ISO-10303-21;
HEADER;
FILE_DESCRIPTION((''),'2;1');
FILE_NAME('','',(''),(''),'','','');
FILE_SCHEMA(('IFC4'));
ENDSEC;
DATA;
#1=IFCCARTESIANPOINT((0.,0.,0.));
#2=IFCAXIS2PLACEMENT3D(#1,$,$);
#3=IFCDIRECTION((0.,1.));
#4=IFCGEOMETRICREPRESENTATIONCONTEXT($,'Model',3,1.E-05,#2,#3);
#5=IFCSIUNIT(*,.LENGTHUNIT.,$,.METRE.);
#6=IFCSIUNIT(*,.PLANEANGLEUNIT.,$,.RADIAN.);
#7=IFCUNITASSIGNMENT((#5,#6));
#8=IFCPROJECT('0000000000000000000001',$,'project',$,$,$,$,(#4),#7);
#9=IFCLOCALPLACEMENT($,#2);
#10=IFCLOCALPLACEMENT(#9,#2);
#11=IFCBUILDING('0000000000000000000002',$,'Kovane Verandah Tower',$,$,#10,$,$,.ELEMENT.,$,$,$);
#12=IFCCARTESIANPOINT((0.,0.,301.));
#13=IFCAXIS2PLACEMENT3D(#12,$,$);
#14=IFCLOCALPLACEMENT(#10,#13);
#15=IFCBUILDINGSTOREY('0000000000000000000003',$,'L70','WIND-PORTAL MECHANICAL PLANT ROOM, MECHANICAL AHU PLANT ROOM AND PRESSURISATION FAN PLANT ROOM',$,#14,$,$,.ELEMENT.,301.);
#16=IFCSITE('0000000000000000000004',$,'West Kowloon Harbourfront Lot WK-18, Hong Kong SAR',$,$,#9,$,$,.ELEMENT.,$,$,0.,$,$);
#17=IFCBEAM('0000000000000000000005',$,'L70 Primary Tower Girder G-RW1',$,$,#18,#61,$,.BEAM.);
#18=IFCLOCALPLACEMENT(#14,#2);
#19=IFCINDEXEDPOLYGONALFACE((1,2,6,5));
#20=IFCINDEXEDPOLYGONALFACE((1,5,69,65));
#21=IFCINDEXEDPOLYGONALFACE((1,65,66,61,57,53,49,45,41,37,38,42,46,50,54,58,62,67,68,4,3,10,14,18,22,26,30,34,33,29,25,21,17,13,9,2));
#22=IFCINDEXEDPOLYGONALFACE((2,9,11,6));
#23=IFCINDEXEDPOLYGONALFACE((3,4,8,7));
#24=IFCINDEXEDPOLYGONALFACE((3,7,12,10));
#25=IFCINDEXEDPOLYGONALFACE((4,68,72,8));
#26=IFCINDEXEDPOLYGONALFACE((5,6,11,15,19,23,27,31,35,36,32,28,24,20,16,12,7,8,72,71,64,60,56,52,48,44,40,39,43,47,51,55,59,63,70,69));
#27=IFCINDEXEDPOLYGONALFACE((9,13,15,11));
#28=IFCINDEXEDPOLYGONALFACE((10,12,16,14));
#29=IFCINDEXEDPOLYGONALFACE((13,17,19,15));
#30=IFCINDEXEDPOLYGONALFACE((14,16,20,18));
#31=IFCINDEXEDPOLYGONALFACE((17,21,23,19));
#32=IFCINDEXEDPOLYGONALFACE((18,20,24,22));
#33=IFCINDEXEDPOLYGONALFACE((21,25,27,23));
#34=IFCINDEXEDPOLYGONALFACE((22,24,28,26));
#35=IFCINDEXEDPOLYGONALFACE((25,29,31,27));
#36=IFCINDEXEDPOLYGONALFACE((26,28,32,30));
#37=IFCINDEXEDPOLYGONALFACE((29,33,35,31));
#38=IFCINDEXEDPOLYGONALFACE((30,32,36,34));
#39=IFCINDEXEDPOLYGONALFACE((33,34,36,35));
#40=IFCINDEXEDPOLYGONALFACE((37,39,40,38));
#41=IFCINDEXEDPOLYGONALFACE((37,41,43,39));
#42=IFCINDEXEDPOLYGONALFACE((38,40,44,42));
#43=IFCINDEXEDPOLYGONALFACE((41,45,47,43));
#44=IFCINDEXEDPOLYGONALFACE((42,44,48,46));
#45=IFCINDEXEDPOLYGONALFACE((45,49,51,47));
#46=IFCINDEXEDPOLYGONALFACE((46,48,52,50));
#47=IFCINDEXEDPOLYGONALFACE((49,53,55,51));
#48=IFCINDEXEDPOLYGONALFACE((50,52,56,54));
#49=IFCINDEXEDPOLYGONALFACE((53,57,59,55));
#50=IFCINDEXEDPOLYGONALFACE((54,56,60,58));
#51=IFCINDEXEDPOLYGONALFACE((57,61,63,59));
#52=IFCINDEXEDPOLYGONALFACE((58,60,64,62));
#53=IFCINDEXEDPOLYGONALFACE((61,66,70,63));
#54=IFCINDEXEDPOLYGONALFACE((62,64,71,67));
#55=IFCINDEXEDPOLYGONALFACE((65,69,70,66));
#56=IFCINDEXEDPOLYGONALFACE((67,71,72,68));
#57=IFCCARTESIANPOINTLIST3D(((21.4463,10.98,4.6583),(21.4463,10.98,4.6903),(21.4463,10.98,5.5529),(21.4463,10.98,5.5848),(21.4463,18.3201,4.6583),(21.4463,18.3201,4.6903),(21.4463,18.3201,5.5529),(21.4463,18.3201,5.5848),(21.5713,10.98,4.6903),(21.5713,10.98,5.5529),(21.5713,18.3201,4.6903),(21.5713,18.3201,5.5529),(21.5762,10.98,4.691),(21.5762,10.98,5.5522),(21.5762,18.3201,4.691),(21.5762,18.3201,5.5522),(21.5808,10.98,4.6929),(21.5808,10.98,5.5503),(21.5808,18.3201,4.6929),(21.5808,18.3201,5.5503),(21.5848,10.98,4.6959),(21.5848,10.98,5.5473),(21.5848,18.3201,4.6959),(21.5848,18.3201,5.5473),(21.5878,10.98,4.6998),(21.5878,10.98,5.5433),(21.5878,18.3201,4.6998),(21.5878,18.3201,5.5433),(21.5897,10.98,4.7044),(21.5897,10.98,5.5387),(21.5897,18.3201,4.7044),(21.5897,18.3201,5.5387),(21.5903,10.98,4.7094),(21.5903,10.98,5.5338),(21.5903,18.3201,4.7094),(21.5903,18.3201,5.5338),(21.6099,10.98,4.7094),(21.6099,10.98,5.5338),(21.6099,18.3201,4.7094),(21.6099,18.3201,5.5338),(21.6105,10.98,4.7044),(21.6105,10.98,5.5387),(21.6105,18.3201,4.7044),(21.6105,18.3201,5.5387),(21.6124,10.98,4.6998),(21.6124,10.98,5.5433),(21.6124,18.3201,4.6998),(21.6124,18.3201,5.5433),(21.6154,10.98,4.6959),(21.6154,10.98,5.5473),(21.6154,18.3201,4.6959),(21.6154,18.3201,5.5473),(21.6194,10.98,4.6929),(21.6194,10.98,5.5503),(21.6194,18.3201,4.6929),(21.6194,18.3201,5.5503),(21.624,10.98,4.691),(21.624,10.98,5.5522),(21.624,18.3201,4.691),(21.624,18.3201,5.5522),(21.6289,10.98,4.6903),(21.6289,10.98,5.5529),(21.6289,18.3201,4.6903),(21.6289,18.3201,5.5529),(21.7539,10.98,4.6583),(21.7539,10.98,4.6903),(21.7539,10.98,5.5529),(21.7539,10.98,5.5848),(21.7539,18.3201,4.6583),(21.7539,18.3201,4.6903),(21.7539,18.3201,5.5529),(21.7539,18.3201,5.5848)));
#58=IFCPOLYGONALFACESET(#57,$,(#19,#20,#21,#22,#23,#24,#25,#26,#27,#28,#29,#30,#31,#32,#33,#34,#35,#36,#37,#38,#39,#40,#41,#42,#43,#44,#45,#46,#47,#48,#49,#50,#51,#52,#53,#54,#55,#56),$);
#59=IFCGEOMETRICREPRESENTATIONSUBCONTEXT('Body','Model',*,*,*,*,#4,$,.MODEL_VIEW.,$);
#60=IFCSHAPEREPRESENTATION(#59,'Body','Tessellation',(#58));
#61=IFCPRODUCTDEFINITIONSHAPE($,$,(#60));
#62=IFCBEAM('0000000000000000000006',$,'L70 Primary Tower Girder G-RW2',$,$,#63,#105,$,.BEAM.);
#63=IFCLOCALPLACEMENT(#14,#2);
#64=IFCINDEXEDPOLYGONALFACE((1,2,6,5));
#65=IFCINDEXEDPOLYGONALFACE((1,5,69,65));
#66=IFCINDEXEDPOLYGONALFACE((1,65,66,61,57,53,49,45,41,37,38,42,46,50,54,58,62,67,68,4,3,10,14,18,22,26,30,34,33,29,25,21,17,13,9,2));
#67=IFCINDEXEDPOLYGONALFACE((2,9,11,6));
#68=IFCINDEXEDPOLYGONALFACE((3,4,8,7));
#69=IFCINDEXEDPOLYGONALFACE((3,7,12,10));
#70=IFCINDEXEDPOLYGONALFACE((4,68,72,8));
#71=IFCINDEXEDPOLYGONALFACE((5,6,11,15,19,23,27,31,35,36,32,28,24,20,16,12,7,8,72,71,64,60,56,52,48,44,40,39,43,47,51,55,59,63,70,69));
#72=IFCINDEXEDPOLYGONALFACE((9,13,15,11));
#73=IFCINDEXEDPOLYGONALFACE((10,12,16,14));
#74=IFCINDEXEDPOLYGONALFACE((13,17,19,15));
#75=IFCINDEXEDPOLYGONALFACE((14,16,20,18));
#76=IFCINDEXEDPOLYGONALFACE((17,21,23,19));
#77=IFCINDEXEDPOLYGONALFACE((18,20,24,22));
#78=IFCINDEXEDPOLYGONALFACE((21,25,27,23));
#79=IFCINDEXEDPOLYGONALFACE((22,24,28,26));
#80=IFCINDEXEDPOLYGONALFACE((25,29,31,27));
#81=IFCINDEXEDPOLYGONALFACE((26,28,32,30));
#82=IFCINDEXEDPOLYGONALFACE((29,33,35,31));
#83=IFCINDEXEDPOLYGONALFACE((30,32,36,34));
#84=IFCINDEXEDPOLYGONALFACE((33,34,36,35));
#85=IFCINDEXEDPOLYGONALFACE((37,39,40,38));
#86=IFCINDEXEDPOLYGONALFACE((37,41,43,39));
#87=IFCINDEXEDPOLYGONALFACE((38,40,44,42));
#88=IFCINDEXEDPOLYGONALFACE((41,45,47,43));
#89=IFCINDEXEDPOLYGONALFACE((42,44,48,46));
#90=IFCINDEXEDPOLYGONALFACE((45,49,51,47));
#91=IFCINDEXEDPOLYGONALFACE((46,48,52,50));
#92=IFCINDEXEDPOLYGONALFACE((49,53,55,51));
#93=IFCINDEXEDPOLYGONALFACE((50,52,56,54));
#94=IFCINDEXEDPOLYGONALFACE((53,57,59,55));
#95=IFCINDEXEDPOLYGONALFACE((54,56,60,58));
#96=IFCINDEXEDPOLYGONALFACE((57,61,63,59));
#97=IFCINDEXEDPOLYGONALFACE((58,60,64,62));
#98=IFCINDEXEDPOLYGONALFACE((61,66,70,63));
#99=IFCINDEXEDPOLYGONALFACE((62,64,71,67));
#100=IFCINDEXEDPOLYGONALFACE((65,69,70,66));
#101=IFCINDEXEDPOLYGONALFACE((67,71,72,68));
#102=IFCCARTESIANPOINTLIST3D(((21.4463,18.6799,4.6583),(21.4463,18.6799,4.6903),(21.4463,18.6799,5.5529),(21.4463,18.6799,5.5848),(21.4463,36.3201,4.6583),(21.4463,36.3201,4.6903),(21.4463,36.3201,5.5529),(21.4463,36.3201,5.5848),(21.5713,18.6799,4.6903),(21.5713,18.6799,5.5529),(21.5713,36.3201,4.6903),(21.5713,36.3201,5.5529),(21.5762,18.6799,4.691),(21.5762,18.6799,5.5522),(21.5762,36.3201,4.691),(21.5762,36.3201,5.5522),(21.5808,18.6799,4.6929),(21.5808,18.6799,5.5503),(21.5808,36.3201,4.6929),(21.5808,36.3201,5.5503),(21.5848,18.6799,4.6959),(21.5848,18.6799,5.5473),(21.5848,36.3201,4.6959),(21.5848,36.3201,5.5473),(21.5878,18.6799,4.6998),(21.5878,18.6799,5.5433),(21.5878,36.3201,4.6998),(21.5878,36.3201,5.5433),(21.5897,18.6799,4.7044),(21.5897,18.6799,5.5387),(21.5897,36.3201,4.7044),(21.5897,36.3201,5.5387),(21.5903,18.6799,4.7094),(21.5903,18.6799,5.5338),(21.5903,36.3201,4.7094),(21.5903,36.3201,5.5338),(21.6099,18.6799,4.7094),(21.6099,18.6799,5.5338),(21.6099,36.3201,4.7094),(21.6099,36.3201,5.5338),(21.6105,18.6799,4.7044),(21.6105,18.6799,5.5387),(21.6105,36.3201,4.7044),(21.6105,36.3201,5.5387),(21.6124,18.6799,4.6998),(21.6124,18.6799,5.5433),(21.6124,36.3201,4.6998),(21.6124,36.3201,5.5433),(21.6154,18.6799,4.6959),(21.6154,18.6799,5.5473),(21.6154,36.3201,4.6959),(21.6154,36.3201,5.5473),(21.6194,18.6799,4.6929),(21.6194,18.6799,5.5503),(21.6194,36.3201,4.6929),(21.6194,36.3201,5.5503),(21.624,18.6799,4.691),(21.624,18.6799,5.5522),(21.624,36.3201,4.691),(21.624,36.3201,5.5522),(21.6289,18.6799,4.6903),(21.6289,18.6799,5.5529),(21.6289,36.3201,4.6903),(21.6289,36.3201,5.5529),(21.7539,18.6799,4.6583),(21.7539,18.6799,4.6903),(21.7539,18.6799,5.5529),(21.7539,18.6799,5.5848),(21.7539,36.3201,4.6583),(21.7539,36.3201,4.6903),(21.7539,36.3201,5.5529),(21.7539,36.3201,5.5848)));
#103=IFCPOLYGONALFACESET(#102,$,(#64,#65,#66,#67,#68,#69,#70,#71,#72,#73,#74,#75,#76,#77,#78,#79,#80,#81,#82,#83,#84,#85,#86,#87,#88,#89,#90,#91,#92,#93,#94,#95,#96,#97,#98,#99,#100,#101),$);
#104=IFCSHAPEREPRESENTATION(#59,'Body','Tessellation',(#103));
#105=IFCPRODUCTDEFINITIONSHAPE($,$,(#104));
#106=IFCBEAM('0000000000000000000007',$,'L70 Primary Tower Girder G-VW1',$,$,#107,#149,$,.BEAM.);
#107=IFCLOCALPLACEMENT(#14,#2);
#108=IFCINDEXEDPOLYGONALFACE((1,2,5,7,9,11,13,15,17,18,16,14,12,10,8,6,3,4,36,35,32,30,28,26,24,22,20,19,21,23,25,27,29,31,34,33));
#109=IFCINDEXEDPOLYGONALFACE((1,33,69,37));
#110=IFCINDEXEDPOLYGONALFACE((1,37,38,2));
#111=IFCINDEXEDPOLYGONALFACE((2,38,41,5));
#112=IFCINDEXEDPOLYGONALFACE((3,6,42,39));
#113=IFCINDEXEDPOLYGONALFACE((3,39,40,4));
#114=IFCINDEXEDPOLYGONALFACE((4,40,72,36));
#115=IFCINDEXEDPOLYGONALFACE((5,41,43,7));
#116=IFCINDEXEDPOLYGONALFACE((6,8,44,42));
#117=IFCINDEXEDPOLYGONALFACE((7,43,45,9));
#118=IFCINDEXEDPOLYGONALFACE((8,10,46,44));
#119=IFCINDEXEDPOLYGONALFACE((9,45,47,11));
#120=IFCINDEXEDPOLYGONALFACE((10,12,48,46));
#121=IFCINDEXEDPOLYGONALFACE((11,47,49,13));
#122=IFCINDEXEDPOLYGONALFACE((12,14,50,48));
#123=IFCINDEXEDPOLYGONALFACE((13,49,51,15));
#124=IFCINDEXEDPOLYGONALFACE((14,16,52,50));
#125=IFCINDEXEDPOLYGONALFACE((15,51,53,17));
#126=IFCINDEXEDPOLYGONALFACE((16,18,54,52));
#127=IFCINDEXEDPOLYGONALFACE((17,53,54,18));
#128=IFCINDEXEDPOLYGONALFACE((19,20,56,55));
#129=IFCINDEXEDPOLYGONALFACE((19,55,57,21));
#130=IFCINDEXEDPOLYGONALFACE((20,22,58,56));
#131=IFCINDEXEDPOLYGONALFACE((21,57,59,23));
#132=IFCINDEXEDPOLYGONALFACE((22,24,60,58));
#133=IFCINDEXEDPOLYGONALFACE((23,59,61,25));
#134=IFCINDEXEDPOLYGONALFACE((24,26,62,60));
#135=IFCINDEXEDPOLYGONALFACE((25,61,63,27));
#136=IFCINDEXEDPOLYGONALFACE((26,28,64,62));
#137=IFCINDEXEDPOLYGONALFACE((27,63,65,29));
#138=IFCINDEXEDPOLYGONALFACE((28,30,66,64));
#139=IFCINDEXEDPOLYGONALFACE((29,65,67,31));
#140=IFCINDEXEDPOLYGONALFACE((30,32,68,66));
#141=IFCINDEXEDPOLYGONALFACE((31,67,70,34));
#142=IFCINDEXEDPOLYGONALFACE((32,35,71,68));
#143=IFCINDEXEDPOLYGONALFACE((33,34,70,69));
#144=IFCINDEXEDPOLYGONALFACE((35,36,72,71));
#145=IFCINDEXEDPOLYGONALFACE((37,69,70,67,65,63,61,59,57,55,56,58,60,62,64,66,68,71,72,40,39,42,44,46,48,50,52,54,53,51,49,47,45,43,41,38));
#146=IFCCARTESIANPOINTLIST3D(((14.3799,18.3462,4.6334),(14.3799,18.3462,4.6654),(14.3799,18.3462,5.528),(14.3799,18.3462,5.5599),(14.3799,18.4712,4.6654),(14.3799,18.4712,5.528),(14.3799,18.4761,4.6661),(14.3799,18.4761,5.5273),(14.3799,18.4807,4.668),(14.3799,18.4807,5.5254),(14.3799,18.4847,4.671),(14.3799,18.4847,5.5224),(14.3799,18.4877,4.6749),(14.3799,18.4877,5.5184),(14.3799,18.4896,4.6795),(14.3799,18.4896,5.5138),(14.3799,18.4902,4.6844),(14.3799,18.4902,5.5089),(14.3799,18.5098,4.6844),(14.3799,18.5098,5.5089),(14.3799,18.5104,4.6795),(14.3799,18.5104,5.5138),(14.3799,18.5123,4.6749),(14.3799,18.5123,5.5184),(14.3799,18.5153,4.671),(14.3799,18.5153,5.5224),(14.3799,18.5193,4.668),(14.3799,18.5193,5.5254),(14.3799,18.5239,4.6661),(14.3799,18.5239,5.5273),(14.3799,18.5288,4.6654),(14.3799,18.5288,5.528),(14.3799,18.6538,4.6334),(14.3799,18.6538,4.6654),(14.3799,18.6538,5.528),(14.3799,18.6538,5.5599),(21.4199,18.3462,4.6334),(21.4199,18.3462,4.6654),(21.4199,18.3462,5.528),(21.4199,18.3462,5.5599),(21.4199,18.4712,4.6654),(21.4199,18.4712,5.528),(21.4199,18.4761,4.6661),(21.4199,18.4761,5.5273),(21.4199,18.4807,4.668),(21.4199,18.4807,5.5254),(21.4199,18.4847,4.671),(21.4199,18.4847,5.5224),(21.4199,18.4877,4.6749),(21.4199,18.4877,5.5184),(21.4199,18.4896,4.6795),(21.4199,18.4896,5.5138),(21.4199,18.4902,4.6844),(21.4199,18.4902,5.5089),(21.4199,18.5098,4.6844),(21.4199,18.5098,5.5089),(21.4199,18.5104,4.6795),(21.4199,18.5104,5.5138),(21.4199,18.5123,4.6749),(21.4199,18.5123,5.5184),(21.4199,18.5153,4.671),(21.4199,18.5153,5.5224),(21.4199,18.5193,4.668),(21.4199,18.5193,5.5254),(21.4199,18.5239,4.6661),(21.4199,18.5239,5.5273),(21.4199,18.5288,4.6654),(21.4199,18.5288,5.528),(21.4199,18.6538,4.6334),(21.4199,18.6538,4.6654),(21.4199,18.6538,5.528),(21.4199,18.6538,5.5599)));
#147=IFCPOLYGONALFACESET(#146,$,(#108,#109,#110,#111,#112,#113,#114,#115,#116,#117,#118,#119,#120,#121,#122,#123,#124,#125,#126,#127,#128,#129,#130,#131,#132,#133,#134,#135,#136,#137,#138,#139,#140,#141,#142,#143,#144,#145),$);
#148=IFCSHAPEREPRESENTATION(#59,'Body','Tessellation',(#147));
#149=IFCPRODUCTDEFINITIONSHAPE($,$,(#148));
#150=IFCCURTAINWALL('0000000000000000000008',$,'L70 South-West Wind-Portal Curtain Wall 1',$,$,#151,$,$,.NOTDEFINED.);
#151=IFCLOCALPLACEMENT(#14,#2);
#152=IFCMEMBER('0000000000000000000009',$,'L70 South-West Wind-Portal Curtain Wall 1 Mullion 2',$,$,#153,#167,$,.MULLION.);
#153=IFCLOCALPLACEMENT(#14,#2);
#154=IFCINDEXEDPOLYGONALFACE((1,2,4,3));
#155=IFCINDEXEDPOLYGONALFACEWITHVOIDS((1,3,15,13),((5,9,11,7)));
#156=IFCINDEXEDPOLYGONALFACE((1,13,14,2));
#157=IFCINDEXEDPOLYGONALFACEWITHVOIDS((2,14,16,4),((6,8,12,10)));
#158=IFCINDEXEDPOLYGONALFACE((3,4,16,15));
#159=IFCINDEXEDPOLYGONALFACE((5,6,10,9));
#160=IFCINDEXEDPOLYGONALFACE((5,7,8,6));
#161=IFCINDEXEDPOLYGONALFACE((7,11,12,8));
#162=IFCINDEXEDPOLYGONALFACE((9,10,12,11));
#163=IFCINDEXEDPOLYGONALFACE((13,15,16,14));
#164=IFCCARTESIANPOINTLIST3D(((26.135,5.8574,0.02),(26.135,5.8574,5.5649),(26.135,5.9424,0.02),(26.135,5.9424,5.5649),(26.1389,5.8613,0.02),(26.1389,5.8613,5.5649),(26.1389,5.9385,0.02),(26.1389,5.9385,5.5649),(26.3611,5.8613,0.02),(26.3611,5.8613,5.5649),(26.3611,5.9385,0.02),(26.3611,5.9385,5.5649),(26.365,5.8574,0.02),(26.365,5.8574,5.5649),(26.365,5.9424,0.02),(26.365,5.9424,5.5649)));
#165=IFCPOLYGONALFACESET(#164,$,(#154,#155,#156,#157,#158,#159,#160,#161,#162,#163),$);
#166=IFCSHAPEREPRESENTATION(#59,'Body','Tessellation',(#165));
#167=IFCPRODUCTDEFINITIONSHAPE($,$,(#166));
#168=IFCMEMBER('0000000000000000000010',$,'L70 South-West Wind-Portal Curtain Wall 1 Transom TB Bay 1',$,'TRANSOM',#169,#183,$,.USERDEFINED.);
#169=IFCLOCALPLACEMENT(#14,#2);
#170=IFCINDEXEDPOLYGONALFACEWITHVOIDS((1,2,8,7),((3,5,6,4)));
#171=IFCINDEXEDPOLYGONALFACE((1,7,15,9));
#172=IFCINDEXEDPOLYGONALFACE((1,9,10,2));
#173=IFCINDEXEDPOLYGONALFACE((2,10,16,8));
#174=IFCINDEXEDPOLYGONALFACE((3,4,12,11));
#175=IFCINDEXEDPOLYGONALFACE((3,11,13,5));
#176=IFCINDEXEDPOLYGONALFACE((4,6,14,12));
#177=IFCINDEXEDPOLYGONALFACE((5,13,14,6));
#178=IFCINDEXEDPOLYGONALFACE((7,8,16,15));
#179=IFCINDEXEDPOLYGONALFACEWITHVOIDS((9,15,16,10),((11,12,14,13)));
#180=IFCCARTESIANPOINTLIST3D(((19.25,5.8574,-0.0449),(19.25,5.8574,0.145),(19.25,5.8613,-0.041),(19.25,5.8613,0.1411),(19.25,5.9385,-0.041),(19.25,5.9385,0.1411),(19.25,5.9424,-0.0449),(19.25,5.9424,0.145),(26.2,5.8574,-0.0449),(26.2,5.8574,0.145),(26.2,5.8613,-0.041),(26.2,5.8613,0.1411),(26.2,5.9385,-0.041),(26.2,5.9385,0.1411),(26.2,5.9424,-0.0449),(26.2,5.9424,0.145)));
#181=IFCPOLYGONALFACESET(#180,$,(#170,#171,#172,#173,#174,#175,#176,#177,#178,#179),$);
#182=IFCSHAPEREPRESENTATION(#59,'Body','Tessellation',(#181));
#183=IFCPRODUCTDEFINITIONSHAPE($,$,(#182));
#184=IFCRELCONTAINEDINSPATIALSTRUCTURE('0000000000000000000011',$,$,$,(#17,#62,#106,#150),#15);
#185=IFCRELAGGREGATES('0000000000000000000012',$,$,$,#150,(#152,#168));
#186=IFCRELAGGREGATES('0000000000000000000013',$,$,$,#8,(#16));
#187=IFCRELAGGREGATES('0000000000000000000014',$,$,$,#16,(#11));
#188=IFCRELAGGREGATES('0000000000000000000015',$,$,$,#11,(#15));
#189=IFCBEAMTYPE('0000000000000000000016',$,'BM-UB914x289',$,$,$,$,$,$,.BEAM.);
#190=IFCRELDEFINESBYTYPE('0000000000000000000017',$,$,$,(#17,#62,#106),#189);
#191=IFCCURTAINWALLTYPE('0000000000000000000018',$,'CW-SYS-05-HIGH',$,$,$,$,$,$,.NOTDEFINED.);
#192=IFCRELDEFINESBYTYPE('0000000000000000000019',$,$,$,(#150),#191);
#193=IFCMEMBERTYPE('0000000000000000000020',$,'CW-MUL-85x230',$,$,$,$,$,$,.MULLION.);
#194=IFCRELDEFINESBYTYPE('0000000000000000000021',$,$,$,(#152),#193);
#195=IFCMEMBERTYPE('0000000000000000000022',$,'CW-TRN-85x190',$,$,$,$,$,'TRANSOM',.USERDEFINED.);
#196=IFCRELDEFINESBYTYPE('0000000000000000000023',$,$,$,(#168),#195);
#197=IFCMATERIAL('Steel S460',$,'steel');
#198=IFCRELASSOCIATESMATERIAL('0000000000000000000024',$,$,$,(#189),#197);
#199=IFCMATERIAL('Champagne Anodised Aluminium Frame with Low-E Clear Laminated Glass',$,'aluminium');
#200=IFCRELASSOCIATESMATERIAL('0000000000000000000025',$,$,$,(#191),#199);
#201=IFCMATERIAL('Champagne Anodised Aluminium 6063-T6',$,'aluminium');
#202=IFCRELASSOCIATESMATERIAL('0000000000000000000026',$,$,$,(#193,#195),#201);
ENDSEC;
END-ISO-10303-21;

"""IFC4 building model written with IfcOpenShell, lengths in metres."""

from ifc_helpers import new_model, si_unit, direction, frame, origin, origin_2d, place, context, subcontext, project, spatial, hollow_rectangle, i_section, extrude, material, material_profile, profile_set, type_object, element, aggregate, save


model = new_model("IFC4")

# Units and contexts
model_context = context("Model", 3, precision=1e-05, world=origin(), true_north=direction((0.0, 1.0)))
body_context = subcontext(model_context, "Body", "Model", "MODEL_VIEW")
ifc_project = project(units=[si_unit("LENGTHUNIT", "METRE"), si_unit("PLANEANGLEUNIT", "RADIAN")], contexts=[model_context])

# Site, building, storey
site_placement = place(None, origin())
site = spatial("IfcSite", under=ifc_project, at=site_placement, Name="West Kowloon Harbourfront Lot WK-18, Hong Kong SAR", CompositionType="ELEMENT", RefElevation=0.0)
building_placement = place(site_placement, origin())
building = spatial("IfcBuilding", under=site, at=building_placement, Name="Kovane Verandah Tower", CompositionType="ELEMENT")
storey_placement = place(building_placement, frame((0.0, 0.0, 301.0)))
storey = spatial("IfcBuildingStorey", under=building, at=storey_placement, Name="L70", Description="WIND-PORTAL MECHANICAL PLANT ROOM, MECHANICAL AHU PLANT ROOM AND PRESSURISATION FAN PLANT ROOM", CompositionType="ELEMENT", Elevation=301.0)

# Beams
ifc_material_1 = material(Name="Steel S460", Category="steel")
ifc_material_profile_1 = material_profile(ifc_material_1, i_section(OverallWidth=0.3076, OverallDepth=0.9265, WebThickness=0.0195, FlangeThickness=0.032, FilletRadius=0.019, at=origin_2d()), Name="UB914x305x289")
ifc_profile_set_1 = profile_set([ifc_material_profile_1], Name="Steel S460")
beam_type_1 = type_object("IfcBeamType", Name="BM-UB914x289", PredefinedType="BEAM", material=ifc_profile_set_1)
beam_1_placement = place(storey_placement, frame((21.6001, 10.98, 5.1216), z_axis=(0.0, 1.0, 0.0), x_axis=(-1.0, 0.0, 0.0)))
element("IfcBeam", 1, at=beam_1_placement, inside=storey, type_object=beam_type_1, Name="L70 Primary Tower Girder G-RW1", PredefinedType="BEAM", context=body_context, shape_type="SweptSolid", body=[
    extrude(i_section(OverallWidth=0.3076, OverallDepth=0.9265, WebThickness=0.0195, FlangeThickness=0.032, FilletRadius=0.019, at=origin_2d()), origin(), (0.0, 0.0, 1.0), 7.3401),
])
beam_2_placement = place(storey_placement, frame((21.6001, 18.6799, 5.1216), z_axis=(0.0, 1.0, 0.0), x_axis=(-1.0, 0.0, 0.0)))
element("IfcBeam", 2, at=beam_2_placement, inside=storey, type_object=beam_type_1, Name="L70 Primary Tower Girder G-RW2", PredefinedType="BEAM", context=body_context, shape_type="SweptSolid", body=[
    extrude(i_section(OverallWidth=0.3076, OverallDepth=0.9265, WebThickness=0.0195, FlangeThickness=0.032, FilletRadius=0.019, at=origin_2d()), origin(), (0.0, 0.0, 1.0), 17.6401),
])
beam_3_placement = place(storey_placement, frame((21.4199, 18.5, 5.0967), z_axis=(-1.0, 0.0, 0.0), x_axis=(0.0, -1.0, 0.0)))
element("IfcBeam", 3, at=beam_3_placement, inside=storey, type_object=beam_type_1, Name="L70 Primary Tower Girder G-VW1", PredefinedType="BEAM", context=body_context, shape_type="SweptSolid", body=[
    extrude(i_section(OverallWidth=0.3076, OverallDepth=0.9265, WebThickness=0.0195, FlangeThickness=0.032, FilletRadius=0.019, at=origin_2d()), origin(), (0.0, 0.0, 1.0), 7.04),
])

# Curtain wall, members
ifc_material_2 = material(Name="Champagne Anodised Aluminium Frame with Low-E Clear Laminated Glass", Category="aluminium")
curtain_wall_type = type_object("IfcCurtainWallType", Name="CW-SYS-05-HIGH", PredefinedType="NOTDEFINED", material=ifc_material_2)
curtain_wall_placement = place(storey_placement, origin())
curtain_wall = element("IfcCurtainWall", 4, at=curtain_wall_placement, inside=storey, type_object=curtain_wall_type, Name="L70 South-West Wind-Portal Curtain Wall 1", PredefinedType="NOTDEFINED")
ifc_material_3 = material(Name="Champagne Anodised Aluminium 6063-T6", Category="aluminium")
ifc_material_profile_2 = material_profile(ifc_material_3, hollow_rectangle(XDim=0.085, YDim=0.23, WallThickness=0.0039, at=origin_2d()), Name="AL85x230x4")
ifc_profile_set_2 = profile_set([ifc_material_profile_2], Name="Champagne Anodised Aluminium 6063-T6")
member_type_1 = type_object("IfcMemberType", Name="CW-MUL-85x230", PredefinedType="MULLION", material=ifc_profile_set_2)
member_1_placement = place(storey_placement, frame((26.25, 5.8999, 0.02), z_axis=(0.0, 0.0, 1.0), x_axis=(0.0, -1.0, 0.0)))
member_1 = element("IfcMember", 5, at=member_1_placement, type_object=member_type_1, Name="L70 South-West Wind-Portal Curtain Wall 1 Mullion 2", PredefinedType="MULLION", context=body_context, shape_type="SweptSolid", body=[
    extrude(hollow_rectangle(XDim=0.085, YDim=0.23, WallThickness=0.0039, at=origin_2d()), origin(), (0.0, 0.0, 1.0), 5.5449),
])
ifc_material_profile_3 = material_profile(ifc_material_3, hollow_rectangle(XDim=0.085, YDim=0.1899, WallThickness=0.0039, at=origin_2d()), Name="AL85x190x4")
ifc_profile_set_3 = profile_set([ifc_material_profile_3], Name="Champagne Anodised Aluminium 6063-T6")
member_type_2 = type_object("IfcMemberType", Name="CW-TRN-85x190", ElementType="TRANSOM", PredefinedType="USERDEFINED", material=ifc_profile_set_3)
member_2_placement = place(storey_placement, frame((19.25, 5.8999, 0.05), z_axis=(1.0, 0.0, 0.0), x_axis=(0.0, 1.0, 0.0)))
member_2 = element("IfcMember", 6, at=member_2_placement, type_object=member_type_2, Name="L70 South-West Wind-Portal Curtain Wall 1 Transom TB Bay 1", ObjectType="TRANSOM", PredefinedType="USERDEFINED", context=body_context, shape_type="SweptSolid", body=[
    extrude(hollow_rectangle(XDim=0.085, YDim=0.1899, WallThickness=0.0039, at=origin_2d()), origin(), (0.0, 0.0, 1.0), 6.95),
])

aggregate(curtain_wall, [member_1, member_2])

save(model, "model.ifc")
